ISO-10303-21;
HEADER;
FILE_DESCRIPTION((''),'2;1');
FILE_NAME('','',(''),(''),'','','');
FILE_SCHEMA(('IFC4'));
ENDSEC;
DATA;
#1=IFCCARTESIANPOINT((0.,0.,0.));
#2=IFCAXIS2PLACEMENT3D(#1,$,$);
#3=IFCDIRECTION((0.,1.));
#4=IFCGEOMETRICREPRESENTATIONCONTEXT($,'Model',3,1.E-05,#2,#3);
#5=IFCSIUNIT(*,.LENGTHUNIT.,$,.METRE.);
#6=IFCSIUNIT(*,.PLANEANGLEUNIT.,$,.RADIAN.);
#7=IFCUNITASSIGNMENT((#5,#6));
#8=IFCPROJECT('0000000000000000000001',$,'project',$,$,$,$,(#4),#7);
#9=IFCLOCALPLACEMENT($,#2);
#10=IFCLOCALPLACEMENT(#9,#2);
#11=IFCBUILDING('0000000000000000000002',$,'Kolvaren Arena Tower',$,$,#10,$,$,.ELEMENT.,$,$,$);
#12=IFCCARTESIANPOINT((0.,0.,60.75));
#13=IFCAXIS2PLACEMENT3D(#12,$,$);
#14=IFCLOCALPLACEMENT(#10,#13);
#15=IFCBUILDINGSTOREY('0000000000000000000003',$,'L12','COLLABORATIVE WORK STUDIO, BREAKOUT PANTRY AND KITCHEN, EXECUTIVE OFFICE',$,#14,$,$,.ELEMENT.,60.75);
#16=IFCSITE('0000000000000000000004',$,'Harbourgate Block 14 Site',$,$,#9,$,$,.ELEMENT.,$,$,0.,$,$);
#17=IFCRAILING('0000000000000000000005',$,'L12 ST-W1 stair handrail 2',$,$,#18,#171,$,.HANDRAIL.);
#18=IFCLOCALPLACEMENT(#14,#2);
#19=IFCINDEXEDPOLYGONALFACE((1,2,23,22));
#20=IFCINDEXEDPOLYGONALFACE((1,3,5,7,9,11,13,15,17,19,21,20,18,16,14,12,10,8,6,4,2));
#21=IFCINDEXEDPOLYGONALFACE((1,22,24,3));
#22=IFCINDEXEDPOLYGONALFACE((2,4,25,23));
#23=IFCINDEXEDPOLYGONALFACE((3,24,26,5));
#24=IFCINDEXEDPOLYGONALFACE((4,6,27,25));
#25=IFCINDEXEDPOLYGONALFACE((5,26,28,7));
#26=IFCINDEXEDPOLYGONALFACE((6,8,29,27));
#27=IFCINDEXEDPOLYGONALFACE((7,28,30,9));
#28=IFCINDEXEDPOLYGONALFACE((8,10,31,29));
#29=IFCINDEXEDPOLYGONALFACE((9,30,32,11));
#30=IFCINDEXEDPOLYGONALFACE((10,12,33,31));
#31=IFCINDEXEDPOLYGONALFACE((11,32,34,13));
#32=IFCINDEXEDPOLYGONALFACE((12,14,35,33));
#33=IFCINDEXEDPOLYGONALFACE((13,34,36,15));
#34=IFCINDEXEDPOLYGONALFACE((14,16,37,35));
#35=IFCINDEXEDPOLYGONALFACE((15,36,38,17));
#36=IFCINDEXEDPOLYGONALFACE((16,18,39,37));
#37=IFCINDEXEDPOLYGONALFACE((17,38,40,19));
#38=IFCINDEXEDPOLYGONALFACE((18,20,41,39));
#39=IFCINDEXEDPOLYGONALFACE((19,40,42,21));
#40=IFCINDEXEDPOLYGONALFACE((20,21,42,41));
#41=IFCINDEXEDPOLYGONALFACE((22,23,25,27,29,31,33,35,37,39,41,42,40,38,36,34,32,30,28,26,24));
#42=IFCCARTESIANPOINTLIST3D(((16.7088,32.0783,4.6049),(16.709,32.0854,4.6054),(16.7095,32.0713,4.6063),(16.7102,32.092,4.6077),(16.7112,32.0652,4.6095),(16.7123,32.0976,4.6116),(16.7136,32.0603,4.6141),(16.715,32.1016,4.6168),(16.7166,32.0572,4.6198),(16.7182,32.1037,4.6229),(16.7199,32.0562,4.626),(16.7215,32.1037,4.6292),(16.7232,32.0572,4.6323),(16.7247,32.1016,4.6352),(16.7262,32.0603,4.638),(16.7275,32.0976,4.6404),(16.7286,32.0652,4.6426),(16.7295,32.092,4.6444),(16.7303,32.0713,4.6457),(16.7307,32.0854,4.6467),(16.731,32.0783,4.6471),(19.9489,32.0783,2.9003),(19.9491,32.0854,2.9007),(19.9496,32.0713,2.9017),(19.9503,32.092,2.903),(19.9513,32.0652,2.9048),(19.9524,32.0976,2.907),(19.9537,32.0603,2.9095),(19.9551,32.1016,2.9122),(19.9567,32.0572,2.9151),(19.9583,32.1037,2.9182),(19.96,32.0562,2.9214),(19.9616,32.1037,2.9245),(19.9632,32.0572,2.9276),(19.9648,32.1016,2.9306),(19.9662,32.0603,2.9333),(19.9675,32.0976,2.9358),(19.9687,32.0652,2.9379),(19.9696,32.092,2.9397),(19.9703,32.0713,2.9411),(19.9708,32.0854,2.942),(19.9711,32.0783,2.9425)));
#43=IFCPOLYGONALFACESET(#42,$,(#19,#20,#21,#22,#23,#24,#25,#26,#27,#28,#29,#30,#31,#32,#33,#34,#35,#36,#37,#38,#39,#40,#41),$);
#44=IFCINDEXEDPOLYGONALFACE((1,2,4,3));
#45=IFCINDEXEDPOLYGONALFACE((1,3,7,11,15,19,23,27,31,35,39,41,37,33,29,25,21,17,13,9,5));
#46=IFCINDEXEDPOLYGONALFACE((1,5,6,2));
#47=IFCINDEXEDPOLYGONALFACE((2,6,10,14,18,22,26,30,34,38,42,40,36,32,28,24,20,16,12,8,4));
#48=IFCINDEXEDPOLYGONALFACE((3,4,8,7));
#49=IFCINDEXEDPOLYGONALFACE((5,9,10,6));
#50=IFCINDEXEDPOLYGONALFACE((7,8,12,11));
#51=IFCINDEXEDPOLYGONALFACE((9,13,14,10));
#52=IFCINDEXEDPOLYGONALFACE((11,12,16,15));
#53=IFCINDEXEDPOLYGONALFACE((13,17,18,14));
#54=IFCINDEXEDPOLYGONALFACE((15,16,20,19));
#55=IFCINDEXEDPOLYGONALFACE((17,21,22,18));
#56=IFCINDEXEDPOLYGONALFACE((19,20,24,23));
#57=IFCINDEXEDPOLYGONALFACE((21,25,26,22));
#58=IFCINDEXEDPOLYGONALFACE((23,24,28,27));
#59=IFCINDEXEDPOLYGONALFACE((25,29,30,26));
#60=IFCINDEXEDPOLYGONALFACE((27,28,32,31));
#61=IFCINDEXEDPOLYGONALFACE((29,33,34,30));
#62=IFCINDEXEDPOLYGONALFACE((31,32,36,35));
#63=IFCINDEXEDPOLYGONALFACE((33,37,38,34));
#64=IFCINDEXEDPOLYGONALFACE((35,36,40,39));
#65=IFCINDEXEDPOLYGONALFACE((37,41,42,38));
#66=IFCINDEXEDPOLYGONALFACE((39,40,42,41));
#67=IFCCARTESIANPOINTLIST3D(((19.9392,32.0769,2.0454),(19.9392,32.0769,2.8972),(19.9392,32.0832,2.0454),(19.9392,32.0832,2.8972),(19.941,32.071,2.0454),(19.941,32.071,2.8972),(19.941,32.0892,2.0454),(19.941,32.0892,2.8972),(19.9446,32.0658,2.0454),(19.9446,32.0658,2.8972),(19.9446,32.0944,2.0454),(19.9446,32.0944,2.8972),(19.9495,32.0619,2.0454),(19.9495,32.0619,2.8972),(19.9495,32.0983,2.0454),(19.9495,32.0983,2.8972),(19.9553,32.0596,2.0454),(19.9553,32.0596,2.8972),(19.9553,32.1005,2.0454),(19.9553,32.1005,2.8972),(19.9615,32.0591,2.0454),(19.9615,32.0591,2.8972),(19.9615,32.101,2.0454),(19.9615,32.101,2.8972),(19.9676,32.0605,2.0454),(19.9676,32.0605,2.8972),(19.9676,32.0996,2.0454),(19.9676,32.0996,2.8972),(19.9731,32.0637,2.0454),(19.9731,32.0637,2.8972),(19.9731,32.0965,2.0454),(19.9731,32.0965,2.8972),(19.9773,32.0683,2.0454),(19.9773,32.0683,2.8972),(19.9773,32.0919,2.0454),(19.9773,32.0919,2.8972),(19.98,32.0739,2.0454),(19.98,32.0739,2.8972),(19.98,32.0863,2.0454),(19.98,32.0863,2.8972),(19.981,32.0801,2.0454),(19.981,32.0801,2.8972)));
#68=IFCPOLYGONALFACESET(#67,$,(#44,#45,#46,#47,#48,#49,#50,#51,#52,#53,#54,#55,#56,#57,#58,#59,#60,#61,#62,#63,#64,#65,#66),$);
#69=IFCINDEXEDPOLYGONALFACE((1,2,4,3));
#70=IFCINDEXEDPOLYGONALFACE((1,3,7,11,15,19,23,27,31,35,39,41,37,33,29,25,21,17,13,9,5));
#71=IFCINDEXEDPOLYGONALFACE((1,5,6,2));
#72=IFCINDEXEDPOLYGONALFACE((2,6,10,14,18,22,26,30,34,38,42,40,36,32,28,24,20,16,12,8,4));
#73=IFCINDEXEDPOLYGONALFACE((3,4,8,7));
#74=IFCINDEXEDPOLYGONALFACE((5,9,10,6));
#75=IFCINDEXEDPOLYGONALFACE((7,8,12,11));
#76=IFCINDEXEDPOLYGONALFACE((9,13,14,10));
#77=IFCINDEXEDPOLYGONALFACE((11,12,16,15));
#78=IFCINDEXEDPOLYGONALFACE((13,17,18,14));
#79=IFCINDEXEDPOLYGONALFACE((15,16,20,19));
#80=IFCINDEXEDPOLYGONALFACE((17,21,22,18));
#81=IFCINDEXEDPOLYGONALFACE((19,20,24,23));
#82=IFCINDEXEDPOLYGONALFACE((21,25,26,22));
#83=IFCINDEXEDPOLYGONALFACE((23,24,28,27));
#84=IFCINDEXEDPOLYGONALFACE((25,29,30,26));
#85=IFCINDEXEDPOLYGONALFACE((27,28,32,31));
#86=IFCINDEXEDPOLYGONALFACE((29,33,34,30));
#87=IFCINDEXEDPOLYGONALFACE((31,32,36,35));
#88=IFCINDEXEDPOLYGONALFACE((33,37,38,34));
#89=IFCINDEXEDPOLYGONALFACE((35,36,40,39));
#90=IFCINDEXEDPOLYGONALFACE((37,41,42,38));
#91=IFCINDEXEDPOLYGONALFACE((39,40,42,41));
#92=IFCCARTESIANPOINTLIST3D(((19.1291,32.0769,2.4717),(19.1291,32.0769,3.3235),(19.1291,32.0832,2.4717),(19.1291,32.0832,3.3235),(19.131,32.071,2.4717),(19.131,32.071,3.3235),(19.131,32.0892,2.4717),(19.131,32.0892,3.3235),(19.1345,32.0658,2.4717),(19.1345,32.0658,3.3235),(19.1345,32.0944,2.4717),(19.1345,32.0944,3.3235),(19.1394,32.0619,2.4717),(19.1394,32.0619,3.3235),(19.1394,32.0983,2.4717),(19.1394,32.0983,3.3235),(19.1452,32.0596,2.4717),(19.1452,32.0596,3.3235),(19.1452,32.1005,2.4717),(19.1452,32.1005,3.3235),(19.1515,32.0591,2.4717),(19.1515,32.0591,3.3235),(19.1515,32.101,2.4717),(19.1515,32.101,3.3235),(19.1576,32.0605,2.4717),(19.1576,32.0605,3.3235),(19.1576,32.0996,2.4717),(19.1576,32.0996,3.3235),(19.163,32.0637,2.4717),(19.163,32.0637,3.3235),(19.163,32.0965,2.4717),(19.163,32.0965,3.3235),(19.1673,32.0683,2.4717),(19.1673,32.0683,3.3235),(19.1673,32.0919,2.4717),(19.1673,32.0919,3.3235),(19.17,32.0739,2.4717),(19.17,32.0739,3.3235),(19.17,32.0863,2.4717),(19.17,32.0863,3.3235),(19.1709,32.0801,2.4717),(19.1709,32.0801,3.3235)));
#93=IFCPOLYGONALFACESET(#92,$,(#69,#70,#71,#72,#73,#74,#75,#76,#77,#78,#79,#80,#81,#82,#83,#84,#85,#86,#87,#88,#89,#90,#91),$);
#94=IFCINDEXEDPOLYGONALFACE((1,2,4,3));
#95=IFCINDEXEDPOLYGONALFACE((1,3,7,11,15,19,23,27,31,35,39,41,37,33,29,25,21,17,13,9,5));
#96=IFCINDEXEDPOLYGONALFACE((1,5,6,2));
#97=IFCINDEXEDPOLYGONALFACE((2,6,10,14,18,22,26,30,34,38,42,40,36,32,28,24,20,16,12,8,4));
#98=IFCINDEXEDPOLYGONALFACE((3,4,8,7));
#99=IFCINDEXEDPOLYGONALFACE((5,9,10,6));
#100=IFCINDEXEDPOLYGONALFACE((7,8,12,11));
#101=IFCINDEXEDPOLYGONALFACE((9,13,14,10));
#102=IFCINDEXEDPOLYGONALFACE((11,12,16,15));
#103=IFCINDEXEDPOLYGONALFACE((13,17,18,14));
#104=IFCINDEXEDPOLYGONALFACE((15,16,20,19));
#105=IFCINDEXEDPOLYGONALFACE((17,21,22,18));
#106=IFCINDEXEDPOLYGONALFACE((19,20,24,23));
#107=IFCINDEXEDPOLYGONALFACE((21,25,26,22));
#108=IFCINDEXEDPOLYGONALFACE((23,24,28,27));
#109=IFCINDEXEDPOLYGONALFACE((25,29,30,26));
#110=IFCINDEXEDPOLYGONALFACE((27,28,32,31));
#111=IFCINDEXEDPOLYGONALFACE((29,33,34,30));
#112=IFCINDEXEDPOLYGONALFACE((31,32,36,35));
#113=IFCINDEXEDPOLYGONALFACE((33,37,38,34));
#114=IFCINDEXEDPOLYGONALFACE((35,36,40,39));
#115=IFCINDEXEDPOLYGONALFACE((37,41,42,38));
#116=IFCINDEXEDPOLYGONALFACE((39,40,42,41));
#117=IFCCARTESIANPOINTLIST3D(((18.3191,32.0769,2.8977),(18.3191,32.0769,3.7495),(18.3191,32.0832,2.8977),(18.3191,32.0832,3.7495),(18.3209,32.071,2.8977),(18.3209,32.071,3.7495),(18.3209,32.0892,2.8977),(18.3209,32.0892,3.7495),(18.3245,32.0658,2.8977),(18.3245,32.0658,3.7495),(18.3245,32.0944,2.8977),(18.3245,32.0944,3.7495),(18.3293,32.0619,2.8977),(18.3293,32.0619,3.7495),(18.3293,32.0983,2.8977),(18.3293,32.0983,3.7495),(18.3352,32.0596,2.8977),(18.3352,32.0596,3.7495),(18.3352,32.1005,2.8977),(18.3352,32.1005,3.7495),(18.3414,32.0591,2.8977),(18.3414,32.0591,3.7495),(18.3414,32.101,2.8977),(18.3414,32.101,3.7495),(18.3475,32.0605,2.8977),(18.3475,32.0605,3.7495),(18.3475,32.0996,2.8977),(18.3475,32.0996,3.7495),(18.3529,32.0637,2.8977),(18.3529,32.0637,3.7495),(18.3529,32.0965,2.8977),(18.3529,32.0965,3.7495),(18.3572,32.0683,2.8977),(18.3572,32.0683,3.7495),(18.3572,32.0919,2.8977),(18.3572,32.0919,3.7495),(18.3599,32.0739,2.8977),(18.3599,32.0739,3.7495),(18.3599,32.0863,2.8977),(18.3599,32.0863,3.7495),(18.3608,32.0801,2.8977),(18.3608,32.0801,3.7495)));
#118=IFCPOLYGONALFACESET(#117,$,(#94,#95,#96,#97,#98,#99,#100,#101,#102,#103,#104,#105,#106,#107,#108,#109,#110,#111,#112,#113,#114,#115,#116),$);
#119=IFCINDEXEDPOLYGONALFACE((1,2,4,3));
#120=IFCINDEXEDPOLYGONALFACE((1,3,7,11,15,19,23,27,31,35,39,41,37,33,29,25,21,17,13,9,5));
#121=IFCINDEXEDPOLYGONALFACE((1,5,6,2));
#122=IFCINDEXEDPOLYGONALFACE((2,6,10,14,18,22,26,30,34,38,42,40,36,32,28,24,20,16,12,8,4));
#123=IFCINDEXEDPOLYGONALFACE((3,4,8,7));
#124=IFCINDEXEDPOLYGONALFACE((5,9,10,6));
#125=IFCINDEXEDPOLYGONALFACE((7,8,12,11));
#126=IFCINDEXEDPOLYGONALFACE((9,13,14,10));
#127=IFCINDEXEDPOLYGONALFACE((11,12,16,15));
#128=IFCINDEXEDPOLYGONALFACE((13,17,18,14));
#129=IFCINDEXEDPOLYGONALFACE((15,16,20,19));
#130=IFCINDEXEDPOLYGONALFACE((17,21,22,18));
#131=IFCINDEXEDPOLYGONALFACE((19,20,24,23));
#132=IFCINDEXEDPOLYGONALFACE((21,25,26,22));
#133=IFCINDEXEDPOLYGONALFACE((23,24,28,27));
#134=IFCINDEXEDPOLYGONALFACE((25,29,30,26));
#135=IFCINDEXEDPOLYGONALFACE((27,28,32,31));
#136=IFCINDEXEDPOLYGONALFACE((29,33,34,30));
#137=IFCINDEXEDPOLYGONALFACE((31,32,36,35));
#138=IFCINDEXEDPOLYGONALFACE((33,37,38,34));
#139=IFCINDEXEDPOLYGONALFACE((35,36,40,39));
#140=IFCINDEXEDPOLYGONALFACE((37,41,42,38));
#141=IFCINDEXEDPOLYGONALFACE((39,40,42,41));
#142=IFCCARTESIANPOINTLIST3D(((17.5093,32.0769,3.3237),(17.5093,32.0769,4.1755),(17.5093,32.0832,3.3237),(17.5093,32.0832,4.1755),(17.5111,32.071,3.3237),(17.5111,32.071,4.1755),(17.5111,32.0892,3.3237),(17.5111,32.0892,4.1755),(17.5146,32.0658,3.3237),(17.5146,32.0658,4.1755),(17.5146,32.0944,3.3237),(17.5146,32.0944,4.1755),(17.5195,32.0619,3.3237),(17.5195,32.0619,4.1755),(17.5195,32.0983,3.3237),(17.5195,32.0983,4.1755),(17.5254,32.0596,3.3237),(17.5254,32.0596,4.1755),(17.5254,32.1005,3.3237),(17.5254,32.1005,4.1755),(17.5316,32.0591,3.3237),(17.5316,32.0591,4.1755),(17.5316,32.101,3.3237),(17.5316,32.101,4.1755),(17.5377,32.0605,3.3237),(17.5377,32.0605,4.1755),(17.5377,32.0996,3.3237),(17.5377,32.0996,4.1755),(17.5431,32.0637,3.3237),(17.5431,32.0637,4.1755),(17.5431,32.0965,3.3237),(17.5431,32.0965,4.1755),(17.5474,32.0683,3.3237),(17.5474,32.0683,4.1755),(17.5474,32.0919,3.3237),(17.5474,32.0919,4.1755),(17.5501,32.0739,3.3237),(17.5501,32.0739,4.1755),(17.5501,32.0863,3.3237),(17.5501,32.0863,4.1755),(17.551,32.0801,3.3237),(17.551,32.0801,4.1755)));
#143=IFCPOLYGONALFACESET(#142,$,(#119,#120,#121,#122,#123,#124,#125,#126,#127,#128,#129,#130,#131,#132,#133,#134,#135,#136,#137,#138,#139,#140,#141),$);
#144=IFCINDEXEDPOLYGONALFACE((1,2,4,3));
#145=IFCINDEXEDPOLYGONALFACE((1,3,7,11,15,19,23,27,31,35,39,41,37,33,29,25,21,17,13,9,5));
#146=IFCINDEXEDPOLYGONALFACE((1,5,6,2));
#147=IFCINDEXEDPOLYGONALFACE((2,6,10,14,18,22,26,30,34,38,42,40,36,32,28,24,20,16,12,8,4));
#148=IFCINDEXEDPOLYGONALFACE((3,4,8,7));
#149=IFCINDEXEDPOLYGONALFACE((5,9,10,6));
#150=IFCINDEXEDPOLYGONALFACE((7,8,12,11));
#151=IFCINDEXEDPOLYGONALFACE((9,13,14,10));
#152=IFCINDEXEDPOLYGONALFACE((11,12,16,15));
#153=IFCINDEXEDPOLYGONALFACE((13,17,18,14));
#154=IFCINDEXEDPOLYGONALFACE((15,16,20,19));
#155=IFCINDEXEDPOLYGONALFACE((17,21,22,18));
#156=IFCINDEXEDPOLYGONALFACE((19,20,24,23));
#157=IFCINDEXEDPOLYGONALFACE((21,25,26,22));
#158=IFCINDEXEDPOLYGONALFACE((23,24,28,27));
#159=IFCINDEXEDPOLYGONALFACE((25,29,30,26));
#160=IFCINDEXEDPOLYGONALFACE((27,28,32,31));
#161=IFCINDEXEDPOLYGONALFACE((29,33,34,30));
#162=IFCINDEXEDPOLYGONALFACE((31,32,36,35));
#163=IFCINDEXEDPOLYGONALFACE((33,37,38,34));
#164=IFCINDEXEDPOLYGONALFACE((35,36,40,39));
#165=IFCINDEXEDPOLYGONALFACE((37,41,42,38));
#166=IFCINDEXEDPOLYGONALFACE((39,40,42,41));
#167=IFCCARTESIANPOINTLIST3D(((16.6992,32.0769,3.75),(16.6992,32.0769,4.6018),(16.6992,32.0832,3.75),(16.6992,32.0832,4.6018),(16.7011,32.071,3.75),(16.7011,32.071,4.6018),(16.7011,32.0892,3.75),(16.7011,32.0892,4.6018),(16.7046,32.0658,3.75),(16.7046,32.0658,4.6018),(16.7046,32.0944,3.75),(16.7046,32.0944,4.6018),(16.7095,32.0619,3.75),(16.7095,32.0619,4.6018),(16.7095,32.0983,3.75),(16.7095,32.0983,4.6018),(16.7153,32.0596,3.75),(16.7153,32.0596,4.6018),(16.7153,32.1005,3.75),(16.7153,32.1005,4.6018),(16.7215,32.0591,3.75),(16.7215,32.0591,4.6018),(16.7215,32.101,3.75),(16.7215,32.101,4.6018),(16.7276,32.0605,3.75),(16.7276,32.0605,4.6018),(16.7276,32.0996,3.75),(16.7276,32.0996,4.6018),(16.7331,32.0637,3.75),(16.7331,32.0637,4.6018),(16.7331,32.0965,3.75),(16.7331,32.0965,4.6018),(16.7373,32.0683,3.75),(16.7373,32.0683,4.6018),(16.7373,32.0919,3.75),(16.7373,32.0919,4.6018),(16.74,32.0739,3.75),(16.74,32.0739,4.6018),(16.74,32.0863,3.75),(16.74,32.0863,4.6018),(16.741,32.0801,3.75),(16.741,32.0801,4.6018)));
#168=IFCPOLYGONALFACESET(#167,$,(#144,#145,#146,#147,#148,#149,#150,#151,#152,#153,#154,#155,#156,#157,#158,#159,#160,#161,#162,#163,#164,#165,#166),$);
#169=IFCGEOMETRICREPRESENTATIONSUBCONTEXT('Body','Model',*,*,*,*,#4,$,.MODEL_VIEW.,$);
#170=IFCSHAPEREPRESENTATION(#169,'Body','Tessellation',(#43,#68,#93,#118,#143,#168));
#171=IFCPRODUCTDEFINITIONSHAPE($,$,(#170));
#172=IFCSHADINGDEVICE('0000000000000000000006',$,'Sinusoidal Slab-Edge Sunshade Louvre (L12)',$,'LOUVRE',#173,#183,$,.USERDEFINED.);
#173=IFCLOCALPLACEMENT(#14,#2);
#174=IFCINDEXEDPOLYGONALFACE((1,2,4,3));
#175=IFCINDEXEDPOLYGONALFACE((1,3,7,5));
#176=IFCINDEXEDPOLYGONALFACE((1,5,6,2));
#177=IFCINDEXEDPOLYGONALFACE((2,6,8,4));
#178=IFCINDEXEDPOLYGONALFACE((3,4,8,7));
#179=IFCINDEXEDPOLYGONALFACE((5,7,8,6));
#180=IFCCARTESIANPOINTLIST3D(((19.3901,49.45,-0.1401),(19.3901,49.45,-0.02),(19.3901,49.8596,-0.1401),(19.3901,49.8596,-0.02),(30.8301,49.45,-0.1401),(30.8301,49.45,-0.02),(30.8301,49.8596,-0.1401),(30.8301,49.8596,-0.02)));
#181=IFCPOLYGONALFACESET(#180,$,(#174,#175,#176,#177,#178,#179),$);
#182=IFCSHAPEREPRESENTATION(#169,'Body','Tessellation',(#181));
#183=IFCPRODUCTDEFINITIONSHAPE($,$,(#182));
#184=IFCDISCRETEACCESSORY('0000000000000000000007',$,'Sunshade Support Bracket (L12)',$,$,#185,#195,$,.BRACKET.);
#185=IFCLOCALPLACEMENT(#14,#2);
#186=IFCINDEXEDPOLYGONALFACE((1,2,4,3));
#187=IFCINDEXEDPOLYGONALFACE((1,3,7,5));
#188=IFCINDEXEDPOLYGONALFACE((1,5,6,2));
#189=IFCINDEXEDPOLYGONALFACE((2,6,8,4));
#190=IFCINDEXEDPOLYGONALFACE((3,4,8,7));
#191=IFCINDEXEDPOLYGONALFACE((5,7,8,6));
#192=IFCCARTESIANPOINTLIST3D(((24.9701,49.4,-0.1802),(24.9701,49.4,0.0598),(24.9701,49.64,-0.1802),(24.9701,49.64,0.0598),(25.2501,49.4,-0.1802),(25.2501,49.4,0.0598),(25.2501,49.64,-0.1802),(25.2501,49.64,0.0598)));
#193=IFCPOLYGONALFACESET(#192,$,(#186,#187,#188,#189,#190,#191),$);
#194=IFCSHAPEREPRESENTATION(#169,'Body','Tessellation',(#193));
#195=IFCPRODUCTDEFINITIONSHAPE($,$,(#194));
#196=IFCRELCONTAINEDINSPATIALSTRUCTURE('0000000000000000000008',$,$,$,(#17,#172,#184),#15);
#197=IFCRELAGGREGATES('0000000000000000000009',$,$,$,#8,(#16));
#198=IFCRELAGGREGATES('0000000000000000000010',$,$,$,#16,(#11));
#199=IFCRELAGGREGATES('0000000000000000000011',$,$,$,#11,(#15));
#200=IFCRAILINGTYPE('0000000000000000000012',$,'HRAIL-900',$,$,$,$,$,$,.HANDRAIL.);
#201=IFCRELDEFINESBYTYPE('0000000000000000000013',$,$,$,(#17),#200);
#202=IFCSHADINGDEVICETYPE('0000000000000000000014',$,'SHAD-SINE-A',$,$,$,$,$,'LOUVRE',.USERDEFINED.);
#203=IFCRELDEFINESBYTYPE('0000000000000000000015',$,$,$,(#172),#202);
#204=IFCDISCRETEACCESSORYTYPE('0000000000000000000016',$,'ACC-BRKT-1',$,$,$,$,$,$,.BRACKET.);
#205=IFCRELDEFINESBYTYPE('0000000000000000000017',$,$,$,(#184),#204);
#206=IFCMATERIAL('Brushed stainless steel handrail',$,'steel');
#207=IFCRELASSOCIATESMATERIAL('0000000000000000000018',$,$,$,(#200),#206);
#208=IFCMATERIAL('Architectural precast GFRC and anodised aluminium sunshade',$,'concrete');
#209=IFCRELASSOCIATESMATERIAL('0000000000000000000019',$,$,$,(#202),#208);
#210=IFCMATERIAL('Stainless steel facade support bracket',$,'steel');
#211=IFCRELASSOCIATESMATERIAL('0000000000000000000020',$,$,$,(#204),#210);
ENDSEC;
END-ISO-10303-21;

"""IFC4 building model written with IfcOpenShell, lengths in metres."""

from ifc_helpers import new_model, si_unit, direction, frame, origin, origin_2d, place, context, subcontext, project, spatial, rectangle, circle, extrude, material, type_object, element, save


model = new_model("IFC4")

# Units and contexts
model_context = context("Model", 3, precision=1e-05, world=origin(), true_north=direction((0.0, 1.0)))
body_context = subcontext(model_context, "Body", "Model", "MODEL_VIEW")
ifc_project = project(units=[si_unit("LENGTHUNIT", "METRE"), si_unit("PLANEANGLEUNIT", "RADIAN")], contexts=[model_context])

# Site, building, storey
site_placement = place(None, origin())
site = spatial("IfcSite", under=ifc_project, at=site_placement, Name="Harbourgate Block 14 Site", CompositionType="ELEMENT", RefElevation=0.0)
building_placement = place(site_placement, origin())
building = spatial("IfcBuilding", under=site, at=building_placement, Name="Kolvaren Arena Tower", CompositionType="ELEMENT")
storey_placement = place(building_placement, frame((0.0, 0.0, 60.75)))
storey = spatial("IfcBuildingStorey", under=building, at=storey_placement, Name="L12", Description="COLLABORATIVE WORK STUDIO, BREAKOUT PANTRY AND KITCHEN, EXECUTIVE OFFICE", CompositionType="ELEMENT", Elevation=60.75)

# Railing
ifc_material_1 = material(Name="Brushed stainless steel handrail", Category="steel")
railing_type = type_object("IfcRailingType", Name="HRAIL-900", PredefinedType="HANDRAIL", material=ifc_material_1)
railing_placement = place(storey_placement, frame((19.96, 32.0801, 2.0454)))
element("IfcRailing", 1, at=railing_placement, inside=storey, type_object=railing_type, Name="L12 ST-W1 stair handrail 2", PredefinedType="HANDRAIL", context=body_context, shape_type="SweptSolid", body=[
    extrude(circle(Radius=0.0239, at=origin_2d()), frame((0.0, 0.0, 0.876), z_axis=(-0.884993, 0.0, 0.465604), x_axis=(0.0, -1.0, 0.0)), (0.0, 0.0, 1.0), 3.6611),
    extrude(circle(Radius=0.021, at=origin_2d()), origin(), (0.0, 0.0, 1.0), 0.8518),
    extrude(circle(Radius=0.021, at=origin_2d()), frame((-0.8101, 0.0, 0.4263)), (0.0, 0.0, 1.0), 0.8518),
    extrude(circle(Radius=0.021, at=origin_2d()), frame((-1.6201, 0.0, 0.8523)), (0.0, 0.0, 1.0), 0.8518),
    extrude(circle(Radius=0.021, at=origin_2d()), frame((-2.4299, 0.0, 1.2783)), (0.0, 0.0, 1.0), 0.8518),
    extrude(circle(Radius=0.021, at=origin_2d()), frame((-3.24, 0.0, 1.7046)), (0.0, 0.0, 1.0), 0.8518),
])

# Shading device
ifc_material_2 = material(Name="Architectural precast GFRC and anodised aluminium sunshade", Category="concrete")
shading_device_type = type_object("IfcShadingDeviceType", Name="SHAD-SINE-A", ElementType="LOUVRE", PredefinedType="USERDEFINED", material=ifc_material_2)
shading_device_placement = place(storey_placement, frame((25.1101, 49.6548, -0.1401), z_axis=(0.0, 0.0, 1.0), x_axis=(1.0, 0.0, 0.0)))
element("IfcShadingDevice", 2, at=shading_device_placement, inside=storey, type_object=shading_device_type, Name="Sinusoidal Slab-Edge Sunshade Louvre (L12)", ObjectType="LOUVRE", PredefinedType="USERDEFINED", context=body_context, shape_type="SweptSolid", body=[
    extrude(rectangle(XDim=11.4399, YDim=0.4097, at=origin_2d()), origin(), (0.0, 0.0, 1.0), 0.1201),
])

# Discrete accessory
ifc_material_3 = material(Name="Stainless steel facade support bracket", Category="steel")
discrete_accessory_type = type_object("IfcDiscreteAccessoryType", Name="ACC-BRKT-1", PredefinedType="BRACKET", material=ifc_material_3)
discrete_accessory_placement = place(storey_placement, frame((25.1101, 49.52, -0.1802), z_axis=(0.0, 0.0, 1.0), x_axis=(1.0, 0.0, 0.0)))
element("IfcDiscreteAccessory", 3, at=discrete_accessory_placement, inside=storey, type_object=discrete_accessory_type, Name="Sunshade Support Bracket (L12)", PredefinedType="BRACKET", context=body_context, shape_type="SweptSolid", body=[
    extrude(rectangle(XDim=0.28, YDim=0.24, at=origin_2d()), origin(), (0.0, 0.0, 1.0), 0.24),
])

save(model, "model.ifc")
